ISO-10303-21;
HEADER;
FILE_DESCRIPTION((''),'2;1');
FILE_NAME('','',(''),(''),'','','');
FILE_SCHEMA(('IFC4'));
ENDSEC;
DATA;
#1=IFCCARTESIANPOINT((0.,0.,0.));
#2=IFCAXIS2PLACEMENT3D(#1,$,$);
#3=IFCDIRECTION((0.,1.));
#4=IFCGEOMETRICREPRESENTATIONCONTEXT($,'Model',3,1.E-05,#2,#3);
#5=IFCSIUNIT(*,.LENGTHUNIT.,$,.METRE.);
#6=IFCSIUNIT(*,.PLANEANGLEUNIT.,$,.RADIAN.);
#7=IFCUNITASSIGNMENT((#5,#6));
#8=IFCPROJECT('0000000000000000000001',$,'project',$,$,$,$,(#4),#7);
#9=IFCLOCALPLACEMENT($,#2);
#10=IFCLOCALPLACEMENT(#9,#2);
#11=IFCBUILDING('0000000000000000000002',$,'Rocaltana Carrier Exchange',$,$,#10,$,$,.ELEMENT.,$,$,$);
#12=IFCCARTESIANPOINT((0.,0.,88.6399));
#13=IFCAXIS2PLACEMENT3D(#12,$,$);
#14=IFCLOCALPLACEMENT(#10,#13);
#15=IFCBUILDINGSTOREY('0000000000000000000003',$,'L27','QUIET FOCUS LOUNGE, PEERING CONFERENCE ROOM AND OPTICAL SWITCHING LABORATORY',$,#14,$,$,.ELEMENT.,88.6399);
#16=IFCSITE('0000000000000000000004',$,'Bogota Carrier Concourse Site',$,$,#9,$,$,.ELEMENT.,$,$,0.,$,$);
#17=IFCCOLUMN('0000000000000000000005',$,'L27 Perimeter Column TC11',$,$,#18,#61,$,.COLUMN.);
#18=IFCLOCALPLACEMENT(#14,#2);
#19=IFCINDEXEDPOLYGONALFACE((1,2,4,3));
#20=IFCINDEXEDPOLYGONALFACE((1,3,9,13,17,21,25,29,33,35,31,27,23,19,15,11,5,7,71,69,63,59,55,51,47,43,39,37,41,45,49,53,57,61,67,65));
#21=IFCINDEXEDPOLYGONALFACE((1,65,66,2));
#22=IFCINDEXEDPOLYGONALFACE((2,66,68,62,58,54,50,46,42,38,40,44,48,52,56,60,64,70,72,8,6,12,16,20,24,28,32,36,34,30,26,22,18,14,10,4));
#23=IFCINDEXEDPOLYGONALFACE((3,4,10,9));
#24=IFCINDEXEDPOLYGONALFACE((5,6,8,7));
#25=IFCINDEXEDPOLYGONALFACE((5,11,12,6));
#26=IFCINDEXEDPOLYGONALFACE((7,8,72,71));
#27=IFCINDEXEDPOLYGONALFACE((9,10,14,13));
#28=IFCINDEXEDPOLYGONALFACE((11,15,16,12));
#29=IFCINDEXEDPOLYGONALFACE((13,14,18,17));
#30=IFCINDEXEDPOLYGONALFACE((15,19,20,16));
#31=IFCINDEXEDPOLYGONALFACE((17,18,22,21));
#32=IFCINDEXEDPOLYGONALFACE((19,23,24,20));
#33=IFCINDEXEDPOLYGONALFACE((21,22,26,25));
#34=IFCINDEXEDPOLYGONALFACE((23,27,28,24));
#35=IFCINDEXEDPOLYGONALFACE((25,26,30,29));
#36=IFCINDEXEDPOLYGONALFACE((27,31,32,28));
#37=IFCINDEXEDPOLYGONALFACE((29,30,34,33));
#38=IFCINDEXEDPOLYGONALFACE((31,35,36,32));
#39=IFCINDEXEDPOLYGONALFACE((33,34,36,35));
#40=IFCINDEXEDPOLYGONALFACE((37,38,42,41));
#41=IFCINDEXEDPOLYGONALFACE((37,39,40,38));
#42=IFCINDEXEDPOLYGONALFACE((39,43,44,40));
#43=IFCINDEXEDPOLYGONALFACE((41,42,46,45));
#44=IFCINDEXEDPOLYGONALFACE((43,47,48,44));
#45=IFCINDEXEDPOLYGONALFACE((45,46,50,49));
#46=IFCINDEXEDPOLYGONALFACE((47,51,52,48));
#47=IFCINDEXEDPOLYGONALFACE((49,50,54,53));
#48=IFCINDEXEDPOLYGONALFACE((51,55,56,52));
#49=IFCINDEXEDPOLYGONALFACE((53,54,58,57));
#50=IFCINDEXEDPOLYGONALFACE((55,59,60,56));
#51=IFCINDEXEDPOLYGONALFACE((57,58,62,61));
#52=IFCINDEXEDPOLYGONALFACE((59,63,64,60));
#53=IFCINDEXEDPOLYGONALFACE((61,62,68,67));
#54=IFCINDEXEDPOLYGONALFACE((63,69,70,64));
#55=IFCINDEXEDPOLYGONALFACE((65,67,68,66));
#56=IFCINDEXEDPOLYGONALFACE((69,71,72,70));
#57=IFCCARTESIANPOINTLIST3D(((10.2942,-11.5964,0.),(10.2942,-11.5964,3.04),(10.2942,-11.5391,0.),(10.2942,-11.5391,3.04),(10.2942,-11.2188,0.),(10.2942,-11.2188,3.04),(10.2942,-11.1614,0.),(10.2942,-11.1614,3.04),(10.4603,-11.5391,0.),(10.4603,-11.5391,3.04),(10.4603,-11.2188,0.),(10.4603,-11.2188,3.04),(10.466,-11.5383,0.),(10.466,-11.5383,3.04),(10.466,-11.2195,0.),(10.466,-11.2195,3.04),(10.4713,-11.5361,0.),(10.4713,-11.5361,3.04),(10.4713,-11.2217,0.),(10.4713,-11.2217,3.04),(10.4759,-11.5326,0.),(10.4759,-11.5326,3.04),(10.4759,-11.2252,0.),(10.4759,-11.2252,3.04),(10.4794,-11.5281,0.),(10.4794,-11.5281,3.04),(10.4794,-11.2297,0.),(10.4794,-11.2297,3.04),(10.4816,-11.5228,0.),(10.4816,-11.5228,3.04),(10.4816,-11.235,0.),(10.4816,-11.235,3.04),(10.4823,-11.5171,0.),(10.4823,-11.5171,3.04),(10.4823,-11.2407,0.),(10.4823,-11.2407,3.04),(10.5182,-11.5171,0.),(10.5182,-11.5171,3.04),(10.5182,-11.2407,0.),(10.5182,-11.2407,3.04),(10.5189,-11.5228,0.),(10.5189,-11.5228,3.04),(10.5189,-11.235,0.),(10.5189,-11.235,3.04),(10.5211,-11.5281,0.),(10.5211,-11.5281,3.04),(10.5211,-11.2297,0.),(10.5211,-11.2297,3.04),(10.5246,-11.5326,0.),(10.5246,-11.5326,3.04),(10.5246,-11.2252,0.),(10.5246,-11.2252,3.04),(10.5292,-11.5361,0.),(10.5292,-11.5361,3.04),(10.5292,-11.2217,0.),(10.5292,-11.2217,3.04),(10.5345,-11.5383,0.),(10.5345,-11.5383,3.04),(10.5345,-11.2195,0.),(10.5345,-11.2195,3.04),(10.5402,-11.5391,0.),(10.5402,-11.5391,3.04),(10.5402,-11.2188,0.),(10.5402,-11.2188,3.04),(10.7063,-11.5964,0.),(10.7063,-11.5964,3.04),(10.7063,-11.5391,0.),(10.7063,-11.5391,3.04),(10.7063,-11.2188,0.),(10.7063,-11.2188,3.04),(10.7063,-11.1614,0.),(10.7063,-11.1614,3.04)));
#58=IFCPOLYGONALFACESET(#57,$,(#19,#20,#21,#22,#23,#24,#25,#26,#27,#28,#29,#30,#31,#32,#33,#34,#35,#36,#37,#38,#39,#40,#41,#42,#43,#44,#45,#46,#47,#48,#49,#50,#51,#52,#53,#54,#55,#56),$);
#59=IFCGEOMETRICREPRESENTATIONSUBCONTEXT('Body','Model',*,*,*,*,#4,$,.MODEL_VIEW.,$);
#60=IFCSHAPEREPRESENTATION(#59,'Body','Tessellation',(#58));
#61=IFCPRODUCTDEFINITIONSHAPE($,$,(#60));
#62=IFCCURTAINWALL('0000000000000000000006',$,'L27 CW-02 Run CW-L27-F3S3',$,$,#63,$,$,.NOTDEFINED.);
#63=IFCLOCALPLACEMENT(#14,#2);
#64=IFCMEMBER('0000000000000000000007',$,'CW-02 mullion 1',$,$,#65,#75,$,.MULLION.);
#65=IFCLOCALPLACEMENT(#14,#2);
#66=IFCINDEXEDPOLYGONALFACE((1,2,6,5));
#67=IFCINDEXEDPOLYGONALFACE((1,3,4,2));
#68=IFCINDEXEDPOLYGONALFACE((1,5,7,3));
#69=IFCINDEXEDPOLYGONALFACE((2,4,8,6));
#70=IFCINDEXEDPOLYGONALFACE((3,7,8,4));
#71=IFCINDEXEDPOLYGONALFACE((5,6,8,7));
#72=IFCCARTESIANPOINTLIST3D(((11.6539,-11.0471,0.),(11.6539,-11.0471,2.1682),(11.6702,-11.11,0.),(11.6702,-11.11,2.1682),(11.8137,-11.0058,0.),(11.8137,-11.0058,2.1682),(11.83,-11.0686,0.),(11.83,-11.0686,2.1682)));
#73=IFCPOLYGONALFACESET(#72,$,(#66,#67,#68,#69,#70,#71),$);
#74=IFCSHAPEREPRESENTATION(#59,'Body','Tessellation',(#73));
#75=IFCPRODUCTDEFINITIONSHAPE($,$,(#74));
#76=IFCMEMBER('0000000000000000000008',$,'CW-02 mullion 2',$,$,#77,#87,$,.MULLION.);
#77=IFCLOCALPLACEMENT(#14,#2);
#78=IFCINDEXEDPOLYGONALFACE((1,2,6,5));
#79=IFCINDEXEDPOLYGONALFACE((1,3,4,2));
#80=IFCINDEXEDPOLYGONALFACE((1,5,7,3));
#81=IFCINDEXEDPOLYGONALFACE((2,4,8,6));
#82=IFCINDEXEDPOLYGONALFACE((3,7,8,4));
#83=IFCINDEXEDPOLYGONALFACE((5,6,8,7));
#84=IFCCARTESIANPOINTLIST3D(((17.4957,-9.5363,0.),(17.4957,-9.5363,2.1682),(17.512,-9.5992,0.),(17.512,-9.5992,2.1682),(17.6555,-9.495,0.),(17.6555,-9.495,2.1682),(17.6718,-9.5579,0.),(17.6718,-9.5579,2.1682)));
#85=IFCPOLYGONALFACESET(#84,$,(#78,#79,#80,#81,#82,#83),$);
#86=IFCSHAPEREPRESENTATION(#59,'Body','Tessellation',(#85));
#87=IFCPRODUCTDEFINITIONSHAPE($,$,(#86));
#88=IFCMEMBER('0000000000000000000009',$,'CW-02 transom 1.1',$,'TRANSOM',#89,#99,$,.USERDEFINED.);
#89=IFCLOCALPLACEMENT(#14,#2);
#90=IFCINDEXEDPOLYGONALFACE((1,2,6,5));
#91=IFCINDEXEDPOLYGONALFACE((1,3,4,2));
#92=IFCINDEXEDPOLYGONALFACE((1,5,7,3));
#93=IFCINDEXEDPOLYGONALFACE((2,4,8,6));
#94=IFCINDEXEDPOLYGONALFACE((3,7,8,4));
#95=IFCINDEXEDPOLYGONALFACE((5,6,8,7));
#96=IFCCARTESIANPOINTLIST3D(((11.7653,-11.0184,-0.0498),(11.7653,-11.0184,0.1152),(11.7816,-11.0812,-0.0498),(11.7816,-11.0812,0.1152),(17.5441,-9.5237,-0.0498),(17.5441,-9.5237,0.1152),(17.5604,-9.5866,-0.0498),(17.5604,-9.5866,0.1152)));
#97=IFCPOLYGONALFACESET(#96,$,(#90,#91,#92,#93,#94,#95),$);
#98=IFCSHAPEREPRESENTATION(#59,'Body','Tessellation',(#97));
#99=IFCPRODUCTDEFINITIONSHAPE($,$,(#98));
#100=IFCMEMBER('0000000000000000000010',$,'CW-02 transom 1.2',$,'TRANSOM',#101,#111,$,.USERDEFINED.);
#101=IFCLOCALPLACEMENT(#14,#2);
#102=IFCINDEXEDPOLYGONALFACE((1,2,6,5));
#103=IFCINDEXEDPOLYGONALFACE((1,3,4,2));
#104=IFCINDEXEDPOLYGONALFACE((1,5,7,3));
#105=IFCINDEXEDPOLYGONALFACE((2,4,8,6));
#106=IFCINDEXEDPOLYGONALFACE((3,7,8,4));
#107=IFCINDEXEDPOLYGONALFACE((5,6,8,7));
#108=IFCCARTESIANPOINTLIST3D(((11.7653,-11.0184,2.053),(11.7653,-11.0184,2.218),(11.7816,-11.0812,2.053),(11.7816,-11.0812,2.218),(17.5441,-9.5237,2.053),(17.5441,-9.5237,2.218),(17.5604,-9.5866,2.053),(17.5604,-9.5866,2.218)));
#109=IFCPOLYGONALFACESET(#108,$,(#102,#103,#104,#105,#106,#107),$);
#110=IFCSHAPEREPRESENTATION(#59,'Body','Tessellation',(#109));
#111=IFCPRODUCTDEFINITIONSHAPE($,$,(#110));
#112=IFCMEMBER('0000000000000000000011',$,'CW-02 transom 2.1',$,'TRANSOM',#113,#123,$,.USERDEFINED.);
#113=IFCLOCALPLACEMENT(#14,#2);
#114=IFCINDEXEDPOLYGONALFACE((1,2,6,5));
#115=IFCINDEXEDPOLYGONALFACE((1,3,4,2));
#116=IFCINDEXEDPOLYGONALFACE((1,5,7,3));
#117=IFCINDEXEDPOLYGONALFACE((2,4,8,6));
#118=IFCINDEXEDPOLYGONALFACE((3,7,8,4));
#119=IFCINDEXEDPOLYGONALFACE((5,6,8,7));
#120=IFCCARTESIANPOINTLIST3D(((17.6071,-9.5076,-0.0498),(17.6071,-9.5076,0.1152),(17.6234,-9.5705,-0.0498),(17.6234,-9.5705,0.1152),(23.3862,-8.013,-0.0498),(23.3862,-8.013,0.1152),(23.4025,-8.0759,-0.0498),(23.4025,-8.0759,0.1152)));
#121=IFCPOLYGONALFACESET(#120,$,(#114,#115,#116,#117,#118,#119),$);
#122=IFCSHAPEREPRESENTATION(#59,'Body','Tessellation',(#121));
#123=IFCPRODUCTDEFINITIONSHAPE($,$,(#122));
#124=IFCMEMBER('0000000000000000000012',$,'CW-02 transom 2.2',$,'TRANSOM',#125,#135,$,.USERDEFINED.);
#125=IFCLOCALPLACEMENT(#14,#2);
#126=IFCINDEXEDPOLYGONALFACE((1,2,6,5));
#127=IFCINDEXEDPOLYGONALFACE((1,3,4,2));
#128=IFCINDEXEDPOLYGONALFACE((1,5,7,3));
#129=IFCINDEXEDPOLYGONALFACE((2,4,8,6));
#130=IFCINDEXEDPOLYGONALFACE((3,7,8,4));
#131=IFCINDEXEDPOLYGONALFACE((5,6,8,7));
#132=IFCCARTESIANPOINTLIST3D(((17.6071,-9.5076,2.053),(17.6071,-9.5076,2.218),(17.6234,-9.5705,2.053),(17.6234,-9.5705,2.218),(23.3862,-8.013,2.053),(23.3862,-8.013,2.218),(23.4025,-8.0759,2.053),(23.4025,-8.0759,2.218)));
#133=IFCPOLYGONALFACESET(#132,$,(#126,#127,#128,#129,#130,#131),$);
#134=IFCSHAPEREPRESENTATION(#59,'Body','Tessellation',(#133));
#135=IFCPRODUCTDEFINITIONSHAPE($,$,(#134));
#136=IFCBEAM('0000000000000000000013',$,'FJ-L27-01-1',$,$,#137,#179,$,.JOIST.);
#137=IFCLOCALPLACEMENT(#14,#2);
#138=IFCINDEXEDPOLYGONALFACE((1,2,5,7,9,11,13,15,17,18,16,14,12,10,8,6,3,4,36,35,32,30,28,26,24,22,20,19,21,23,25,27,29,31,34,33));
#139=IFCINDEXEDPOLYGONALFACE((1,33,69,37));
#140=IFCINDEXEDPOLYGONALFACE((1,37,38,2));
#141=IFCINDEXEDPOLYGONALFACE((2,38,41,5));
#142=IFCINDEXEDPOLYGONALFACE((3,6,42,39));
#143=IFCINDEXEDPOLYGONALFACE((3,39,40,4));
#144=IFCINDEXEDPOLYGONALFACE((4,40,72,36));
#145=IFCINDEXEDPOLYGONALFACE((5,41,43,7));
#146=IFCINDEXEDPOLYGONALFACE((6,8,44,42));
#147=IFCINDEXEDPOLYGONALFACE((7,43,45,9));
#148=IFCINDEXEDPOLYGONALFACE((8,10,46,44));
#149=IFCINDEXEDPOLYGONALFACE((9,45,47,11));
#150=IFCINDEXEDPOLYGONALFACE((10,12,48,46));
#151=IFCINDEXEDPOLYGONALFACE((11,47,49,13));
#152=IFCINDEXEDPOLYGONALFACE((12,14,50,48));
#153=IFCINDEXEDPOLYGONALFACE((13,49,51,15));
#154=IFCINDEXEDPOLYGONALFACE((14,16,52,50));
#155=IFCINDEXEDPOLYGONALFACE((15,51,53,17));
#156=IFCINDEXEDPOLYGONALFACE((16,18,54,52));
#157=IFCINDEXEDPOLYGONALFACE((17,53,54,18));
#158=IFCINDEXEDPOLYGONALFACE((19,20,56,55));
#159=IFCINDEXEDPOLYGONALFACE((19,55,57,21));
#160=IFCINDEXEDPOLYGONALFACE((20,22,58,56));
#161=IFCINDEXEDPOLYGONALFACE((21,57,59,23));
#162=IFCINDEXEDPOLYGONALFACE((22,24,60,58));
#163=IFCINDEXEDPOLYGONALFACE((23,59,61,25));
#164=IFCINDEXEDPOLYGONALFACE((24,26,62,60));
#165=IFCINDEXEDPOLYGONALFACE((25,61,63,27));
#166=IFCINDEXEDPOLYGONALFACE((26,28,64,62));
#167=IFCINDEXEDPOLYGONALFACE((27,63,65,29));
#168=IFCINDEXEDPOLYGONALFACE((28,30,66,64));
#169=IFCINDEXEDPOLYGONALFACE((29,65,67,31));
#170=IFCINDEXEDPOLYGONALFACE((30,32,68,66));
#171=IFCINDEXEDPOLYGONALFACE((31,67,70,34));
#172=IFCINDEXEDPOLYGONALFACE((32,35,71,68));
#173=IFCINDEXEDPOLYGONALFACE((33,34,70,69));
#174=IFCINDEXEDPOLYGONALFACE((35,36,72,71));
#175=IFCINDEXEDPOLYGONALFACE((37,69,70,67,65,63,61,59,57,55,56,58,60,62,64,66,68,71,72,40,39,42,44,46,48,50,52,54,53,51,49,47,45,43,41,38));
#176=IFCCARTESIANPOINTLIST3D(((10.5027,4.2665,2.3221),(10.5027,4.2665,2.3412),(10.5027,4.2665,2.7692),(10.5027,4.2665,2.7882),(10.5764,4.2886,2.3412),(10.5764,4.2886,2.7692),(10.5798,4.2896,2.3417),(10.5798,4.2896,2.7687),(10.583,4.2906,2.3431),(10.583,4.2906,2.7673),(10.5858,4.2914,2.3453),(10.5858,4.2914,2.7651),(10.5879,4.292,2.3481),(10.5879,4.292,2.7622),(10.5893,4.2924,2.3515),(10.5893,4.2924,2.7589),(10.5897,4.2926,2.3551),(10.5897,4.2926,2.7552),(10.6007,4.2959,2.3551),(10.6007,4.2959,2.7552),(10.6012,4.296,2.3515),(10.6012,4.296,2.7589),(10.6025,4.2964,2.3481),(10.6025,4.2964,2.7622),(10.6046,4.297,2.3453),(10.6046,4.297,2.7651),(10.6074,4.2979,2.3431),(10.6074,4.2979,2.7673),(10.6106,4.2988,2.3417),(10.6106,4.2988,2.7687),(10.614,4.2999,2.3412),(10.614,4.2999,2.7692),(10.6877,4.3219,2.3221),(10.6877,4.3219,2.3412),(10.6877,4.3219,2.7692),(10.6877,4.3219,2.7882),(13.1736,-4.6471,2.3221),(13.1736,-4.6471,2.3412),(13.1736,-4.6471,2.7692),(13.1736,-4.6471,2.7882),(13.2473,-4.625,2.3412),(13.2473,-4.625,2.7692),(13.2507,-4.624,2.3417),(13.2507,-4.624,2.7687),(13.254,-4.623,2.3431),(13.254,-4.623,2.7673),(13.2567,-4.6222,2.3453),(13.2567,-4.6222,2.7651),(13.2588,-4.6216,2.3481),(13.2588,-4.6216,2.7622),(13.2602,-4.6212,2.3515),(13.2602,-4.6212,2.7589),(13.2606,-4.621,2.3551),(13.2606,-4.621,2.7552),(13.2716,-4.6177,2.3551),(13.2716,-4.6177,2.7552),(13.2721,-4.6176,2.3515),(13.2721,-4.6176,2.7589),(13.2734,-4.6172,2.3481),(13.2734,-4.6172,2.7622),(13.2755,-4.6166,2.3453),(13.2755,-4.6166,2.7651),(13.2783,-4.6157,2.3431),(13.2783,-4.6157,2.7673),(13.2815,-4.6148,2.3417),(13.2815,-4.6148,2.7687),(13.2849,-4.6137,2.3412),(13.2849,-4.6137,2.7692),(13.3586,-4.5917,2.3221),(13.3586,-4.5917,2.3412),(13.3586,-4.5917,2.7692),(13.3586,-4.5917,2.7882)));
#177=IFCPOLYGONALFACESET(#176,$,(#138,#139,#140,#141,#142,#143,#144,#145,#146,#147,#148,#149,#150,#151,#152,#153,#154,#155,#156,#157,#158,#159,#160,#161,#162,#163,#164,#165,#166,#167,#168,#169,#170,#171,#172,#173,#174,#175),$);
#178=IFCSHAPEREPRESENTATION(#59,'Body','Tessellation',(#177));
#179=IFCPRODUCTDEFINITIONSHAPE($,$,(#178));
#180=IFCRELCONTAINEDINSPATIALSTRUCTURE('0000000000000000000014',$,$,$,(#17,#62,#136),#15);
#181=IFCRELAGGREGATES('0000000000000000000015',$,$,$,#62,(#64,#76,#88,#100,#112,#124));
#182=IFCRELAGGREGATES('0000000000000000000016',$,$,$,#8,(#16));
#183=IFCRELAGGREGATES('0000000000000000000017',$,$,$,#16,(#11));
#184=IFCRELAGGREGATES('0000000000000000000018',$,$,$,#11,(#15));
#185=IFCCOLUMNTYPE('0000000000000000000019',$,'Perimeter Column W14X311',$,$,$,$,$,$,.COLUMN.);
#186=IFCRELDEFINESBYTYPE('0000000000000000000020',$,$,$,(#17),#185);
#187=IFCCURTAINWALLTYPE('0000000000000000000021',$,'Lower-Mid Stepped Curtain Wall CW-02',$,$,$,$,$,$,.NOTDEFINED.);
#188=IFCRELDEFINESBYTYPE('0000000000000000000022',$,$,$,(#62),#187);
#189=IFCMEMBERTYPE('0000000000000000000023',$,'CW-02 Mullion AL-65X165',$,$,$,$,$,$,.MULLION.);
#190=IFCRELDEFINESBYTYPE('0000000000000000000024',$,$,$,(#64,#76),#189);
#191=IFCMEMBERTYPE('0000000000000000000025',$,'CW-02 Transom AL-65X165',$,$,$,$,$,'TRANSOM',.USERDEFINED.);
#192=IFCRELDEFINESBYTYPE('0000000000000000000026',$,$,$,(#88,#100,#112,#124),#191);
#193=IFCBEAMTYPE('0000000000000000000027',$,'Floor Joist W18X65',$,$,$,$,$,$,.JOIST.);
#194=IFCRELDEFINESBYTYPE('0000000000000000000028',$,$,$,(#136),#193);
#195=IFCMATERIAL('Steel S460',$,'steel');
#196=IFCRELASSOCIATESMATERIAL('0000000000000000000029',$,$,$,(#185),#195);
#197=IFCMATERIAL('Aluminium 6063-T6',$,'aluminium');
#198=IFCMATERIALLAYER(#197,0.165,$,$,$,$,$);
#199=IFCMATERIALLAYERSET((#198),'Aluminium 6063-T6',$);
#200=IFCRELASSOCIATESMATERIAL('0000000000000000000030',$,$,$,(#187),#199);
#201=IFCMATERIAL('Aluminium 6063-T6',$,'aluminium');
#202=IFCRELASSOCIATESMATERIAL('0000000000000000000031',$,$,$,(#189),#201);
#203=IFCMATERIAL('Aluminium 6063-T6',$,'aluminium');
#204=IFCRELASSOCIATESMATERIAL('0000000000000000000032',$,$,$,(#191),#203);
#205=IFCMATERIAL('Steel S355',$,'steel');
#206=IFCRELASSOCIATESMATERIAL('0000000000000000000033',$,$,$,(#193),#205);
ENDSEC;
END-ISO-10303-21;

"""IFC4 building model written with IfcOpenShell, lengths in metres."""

from ifc_helpers import new_model, si_unit, direction, frame, origin, origin_2d, place, context, subcontext, project, spatial, rectangle, i_section, extrude, material, layer, layer_set, material_profile, profile_set, type_object, element, aggregate, save


model = new_model("IFC4")

# Units and contexts
model_context = context("Model", 3, precision=1e-05, world=origin(), true_north=direction((0.0, 1.0)))
body_context = subcontext(model_context, "Body", "Model", "MODEL_VIEW")
ifc_project = project(units=[si_unit("LENGTHUNIT", "METRE"), si_unit("PLANEANGLEUNIT", "RADIAN")], contexts=[model_context])

# Site, building, storey
site_placement = place(None, origin())
site = spatial("IfcSite", under=ifc_project, at=site_placement, Name="Bogota Carrier Concourse Site", CompositionType="ELEMENT", RefElevation=0.0)
building_placement = place(site_placement, origin())
building = spatial("IfcBuilding", under=site, at=building_placement, Name="Rocaltana Carrier Exchange", CompositionType="ELEMENT")
storey_placement = place(building_placement, frame((0.0, 0.0, 88.6399)))
storey = spatial("IfcBuildingStorey", under=building, at=storey_placement, Name="L27", Description="QUIET FOCUS LOUNGE, PEERING CONFERENCE ROOM AND OPTICAL SWITCHING LABORATORY", CompositionType="ELEMENT", Elevation=88.6399)

# Column
ifc_material_1 = material(Name="Steel S460", Category="steel")
ifc_material_profile_1 = material_profile(ifc_material_1, i_section(OverallWidth=0.4121, OverallDepth=0.4351, WebThickness=0.0359, FlangeThickness=0.0574, FilletRadius=0.022, at=origin_2d()), Name="W14X311")
ifc_profile_set_1 = profile_set([ifc_material_profile_1], Name="Steel S460")
column_type = type_object("IfcColumnType", Name="Perimeter Column W14X311", PredefinedType="COLUMN", material=ifc_profile_set_1)
column_placement = place(storey_placement, frame((10.5002, -11.3789, 0.0), z_axis=(0.0, 0.0, 1.0), x_axis=(1.0, 0.0, 0.0)))
element("IfcColumn", 1, at=column_placement, inside=storey, type_object=column_type, Name="L27 Perimeter Column TC11", PredefinedType="COLUMN", context=body_context, shape_type="SweptSolid", body=[
    extrude(i_section(OverallWidth=0.4121, OverallDepth=0.4351, WebThickness=0.0359, FlangeThickness=0.0574, FilletRadius=0.022, at=origin_2d()), origin(), (0.0, 0.0, 1.0), 3.04),
])

# Curtain wall, members
ifc_material_2 = material(Name="Aluminium 6063-T6", Category="aluminium")
ifc_layer_1 = layer(ifc_material_2, 0.165)
ifc_layer_set_1 = layer_set([ifc_layer_1], Name="Aluminium 6063-T6")
curtain_wall_type = type_object("IfcCurtainWallType", Name="Lower-Mid Stepped Curtain Wall CW-02", PredefinedType="NOTDEFINED", material=ifc_layer_set_1)
curtain_wall_placement = place(storey_placement, origin())
curtain_wall = element("IfcCurtainWall", 2, at=curtain_wall_placement, inside=storey, type_object=curtain_wall_type, Name="L27 CW-02 Run CW-L27-F3S3", PredefinedType="NOTDEFINED")
ifc_material_3 = material(Name="Aluminium 6063-T6", Category="aluminium")
ifc_material_profile_2 = material_profile(ifc_material_3, rectangle(XDim=0.0649, YDim=0.165, at=origin_2d()), Name="AL-65X165")
ifc_profile_set_2 = profile_set([ifc_material_profile_2], Name="Aluminium 6063-T6")
member_type_1 = type_object("IfcMemberType", Name="CW-02 Mullion AL-65X165", PredefinedType="MULLION", material=ifc_profile_set_2)
member_1_placement = place(storey_placement, frame((11.7419, -11.0579, 0.0), z_axis=(0.0, 0.0, 1.0), x_axis=(-0.25037, 0.96815, 0.0)))
member_1 = element("IfcMember", 3, at=member_1_placement, type_object=member_type_1, Name="CW-02 mullion 1", PredefinedType="MULLION", context=body_context, shape_type="SweptSolid", body=[
    extrude(rectangle(XDim=0.0649, YDim=0.165, at=origin_2d()), origin(), (0.0, 0.0, 1.0), 2.1682),
])
member_2_placement = place(storey_placement, frame((17.5837, -9.5471, 0.0), z_axis=(0.0, 0.0, 1.0), x_axis=(-0.25037, 0.96815, 0.0)))
member_2 = element("IfcMember", 4, at=member_2_placement, type_object=member_type_1, Name="CW-02 mullion 2", PredefinedType="MULLION", context=body_context, shape_type="SweptSolid", body=[
    extrude(rectangle(XDim=0.0649, YDim=0.165, at=origin_2d()), origin(), (0.0, 0.0, 1.0), 2.1682),
])
ifc_material_4 = material(Name="Aluminium 6063-T6", Category="aluminium")
ifc_material_profile_3 = material_profile(ifc_material_4, rectangle(XDim=0.0649, YDim=0.165, at=origin_2d()), Name="AL-65X165")
ifc_profile_set_3 = profile_set([ifc_material_profile_3], Name="Aluminium 6063-T6")
member_type_2 = type_object("IfcMemberType", Name="CW-02 Transom AL-65X165", ElementType="TRANSOM", PredefinedType="USERDEFINED", material=ifc_profile_set_3)
member_3_placement = place(storey_placement, frame((11.7734, -11.0498, 0.0327), z_axis=(0.968142, 0.2504, 0.0), x_axis=(-0.2504, 0.968142, 0.0)))
member_3 = element("IfcMember", 5, at=member_3_placement, type_object=member_type_2, Name="CW-02 transom 1.1", ObjectType="TRANSOM", PredefinedType="USERDEFINED", context=body_context, shape_type="SweptSolid", body=[
    extrude(rectangle(XDim=0.0649, YDim=0.165, at=origin_2d()), origin(), (0.0, 0.0, 1.0), 5.969),
])
member_4_placement = place(storey_placement, frame((11.7734, -11.0498, 2.1355), z_axis=(0.968142, 0.2504, 0.0), x_axis=(-0.2504, 0.968142, 0.0)))
member_4 = element("IfcMember", 6, at=member_4_placement, type_object=member_type_2, Name="CW-02 transom 1.2", ObjectType="TRANSOM", PredefinedType="USERDEFINED", context=body_context, shape_type="SweptSolid", body=[
    extrude(rectangle(XDim=0.0649, YDim=0.165, at=origin_2d()), origin(), (0.0, 0.0, 1.0), 5.969),
])
member_5_placement = place(storey_placement, frame((17.6152, -9.5391, 0.0327), z_axis=(0.968145, 0.25039, 0.0), x_axis=(-0.25039, 0.968145, 0.0)))
member_5 = element("IfcMember", 7, at=member_5_placement, type_object=member_type_2, Name="CW-02 transom 2.1", ObjectType="TRANSOM", PredefinedType="USERDEFINED", context=body_context, shape_type="SweptSolid", body=[
    extrude(rectangle(XDim=0.0649, YDim=0.165, at=origin_2d()), origin(), (0.0, 0.0, 1.0), 5.9692),
])
member_6_placement = place(storey_placement, frame((17.6152, -9.5391, 2.1355), z_axis=(0.968145, 0.25039, 0.0), x_axis=(-0.25039, 0.968145, 0.0)))
member_6 = element("IfcMember", 8, at=member_6_placement, type_object=member_type_2, Name="CW-02 transom 2.2", ObjectType="TRANSOM", PredefinedType="USERDEFINED", context=body_context, shape_type="SweptSolid", body=[
    extrude(rectangle(XDim=0.0649, YDim=0.165, at=origin_2d()), origin(), (0.0, 0.0, 1.0), 5.9692),
])

# Beam
ifc_material_5 = material(Name="Steel S355", Category="steel")
ifc_material_profile_4 = material_profile(ifc_material_5, i_section(OverallWidth=0.1931, OverallDepth=0.4661, WebThickness=0.0115, FlangeThickness=0.019, FilletRadius=0.0139, at=origin_2d()), Name="W18X65")
ifc_profile_set_4 = profile_set([ifc_material_profile_4], Name="Steel S355")
beam_type_1 = type_object("IfcBeamType", Name="Floor Joist W18X65", PredefinedType="JOIST", material=ifc_profile_set_4)
beam_1_placement = place(storey_placement, frame((13.2661, -4.6194, 2.5552), z_axis=(-0.287035, 0.95792, 0.0), x_axis=(-0.95792, -0.287035, 0.0)))
element("IfcBeam", 9, at=beam_1_placement, inside=storey, type_object=beam_type_1, Name="FJ-L27-01-1", PredefinedType="JOIST", context=body_context, shape_type="SweptSolid", body=[
    extrude(i_section(OverallWidth=0.1931, OverallDepth=0.4661, WebThickness=0.0115, FlangeThickness=0.019, FilletRadius=0.0139, at=origin_2d()), origin(), (0.0, 0.0, 1.0), 9.3052),
])

aggregate(curtain_wall, [member_1, member_2, member_3, member_4, member_5, member_6])

save(model, "model.ifc")
